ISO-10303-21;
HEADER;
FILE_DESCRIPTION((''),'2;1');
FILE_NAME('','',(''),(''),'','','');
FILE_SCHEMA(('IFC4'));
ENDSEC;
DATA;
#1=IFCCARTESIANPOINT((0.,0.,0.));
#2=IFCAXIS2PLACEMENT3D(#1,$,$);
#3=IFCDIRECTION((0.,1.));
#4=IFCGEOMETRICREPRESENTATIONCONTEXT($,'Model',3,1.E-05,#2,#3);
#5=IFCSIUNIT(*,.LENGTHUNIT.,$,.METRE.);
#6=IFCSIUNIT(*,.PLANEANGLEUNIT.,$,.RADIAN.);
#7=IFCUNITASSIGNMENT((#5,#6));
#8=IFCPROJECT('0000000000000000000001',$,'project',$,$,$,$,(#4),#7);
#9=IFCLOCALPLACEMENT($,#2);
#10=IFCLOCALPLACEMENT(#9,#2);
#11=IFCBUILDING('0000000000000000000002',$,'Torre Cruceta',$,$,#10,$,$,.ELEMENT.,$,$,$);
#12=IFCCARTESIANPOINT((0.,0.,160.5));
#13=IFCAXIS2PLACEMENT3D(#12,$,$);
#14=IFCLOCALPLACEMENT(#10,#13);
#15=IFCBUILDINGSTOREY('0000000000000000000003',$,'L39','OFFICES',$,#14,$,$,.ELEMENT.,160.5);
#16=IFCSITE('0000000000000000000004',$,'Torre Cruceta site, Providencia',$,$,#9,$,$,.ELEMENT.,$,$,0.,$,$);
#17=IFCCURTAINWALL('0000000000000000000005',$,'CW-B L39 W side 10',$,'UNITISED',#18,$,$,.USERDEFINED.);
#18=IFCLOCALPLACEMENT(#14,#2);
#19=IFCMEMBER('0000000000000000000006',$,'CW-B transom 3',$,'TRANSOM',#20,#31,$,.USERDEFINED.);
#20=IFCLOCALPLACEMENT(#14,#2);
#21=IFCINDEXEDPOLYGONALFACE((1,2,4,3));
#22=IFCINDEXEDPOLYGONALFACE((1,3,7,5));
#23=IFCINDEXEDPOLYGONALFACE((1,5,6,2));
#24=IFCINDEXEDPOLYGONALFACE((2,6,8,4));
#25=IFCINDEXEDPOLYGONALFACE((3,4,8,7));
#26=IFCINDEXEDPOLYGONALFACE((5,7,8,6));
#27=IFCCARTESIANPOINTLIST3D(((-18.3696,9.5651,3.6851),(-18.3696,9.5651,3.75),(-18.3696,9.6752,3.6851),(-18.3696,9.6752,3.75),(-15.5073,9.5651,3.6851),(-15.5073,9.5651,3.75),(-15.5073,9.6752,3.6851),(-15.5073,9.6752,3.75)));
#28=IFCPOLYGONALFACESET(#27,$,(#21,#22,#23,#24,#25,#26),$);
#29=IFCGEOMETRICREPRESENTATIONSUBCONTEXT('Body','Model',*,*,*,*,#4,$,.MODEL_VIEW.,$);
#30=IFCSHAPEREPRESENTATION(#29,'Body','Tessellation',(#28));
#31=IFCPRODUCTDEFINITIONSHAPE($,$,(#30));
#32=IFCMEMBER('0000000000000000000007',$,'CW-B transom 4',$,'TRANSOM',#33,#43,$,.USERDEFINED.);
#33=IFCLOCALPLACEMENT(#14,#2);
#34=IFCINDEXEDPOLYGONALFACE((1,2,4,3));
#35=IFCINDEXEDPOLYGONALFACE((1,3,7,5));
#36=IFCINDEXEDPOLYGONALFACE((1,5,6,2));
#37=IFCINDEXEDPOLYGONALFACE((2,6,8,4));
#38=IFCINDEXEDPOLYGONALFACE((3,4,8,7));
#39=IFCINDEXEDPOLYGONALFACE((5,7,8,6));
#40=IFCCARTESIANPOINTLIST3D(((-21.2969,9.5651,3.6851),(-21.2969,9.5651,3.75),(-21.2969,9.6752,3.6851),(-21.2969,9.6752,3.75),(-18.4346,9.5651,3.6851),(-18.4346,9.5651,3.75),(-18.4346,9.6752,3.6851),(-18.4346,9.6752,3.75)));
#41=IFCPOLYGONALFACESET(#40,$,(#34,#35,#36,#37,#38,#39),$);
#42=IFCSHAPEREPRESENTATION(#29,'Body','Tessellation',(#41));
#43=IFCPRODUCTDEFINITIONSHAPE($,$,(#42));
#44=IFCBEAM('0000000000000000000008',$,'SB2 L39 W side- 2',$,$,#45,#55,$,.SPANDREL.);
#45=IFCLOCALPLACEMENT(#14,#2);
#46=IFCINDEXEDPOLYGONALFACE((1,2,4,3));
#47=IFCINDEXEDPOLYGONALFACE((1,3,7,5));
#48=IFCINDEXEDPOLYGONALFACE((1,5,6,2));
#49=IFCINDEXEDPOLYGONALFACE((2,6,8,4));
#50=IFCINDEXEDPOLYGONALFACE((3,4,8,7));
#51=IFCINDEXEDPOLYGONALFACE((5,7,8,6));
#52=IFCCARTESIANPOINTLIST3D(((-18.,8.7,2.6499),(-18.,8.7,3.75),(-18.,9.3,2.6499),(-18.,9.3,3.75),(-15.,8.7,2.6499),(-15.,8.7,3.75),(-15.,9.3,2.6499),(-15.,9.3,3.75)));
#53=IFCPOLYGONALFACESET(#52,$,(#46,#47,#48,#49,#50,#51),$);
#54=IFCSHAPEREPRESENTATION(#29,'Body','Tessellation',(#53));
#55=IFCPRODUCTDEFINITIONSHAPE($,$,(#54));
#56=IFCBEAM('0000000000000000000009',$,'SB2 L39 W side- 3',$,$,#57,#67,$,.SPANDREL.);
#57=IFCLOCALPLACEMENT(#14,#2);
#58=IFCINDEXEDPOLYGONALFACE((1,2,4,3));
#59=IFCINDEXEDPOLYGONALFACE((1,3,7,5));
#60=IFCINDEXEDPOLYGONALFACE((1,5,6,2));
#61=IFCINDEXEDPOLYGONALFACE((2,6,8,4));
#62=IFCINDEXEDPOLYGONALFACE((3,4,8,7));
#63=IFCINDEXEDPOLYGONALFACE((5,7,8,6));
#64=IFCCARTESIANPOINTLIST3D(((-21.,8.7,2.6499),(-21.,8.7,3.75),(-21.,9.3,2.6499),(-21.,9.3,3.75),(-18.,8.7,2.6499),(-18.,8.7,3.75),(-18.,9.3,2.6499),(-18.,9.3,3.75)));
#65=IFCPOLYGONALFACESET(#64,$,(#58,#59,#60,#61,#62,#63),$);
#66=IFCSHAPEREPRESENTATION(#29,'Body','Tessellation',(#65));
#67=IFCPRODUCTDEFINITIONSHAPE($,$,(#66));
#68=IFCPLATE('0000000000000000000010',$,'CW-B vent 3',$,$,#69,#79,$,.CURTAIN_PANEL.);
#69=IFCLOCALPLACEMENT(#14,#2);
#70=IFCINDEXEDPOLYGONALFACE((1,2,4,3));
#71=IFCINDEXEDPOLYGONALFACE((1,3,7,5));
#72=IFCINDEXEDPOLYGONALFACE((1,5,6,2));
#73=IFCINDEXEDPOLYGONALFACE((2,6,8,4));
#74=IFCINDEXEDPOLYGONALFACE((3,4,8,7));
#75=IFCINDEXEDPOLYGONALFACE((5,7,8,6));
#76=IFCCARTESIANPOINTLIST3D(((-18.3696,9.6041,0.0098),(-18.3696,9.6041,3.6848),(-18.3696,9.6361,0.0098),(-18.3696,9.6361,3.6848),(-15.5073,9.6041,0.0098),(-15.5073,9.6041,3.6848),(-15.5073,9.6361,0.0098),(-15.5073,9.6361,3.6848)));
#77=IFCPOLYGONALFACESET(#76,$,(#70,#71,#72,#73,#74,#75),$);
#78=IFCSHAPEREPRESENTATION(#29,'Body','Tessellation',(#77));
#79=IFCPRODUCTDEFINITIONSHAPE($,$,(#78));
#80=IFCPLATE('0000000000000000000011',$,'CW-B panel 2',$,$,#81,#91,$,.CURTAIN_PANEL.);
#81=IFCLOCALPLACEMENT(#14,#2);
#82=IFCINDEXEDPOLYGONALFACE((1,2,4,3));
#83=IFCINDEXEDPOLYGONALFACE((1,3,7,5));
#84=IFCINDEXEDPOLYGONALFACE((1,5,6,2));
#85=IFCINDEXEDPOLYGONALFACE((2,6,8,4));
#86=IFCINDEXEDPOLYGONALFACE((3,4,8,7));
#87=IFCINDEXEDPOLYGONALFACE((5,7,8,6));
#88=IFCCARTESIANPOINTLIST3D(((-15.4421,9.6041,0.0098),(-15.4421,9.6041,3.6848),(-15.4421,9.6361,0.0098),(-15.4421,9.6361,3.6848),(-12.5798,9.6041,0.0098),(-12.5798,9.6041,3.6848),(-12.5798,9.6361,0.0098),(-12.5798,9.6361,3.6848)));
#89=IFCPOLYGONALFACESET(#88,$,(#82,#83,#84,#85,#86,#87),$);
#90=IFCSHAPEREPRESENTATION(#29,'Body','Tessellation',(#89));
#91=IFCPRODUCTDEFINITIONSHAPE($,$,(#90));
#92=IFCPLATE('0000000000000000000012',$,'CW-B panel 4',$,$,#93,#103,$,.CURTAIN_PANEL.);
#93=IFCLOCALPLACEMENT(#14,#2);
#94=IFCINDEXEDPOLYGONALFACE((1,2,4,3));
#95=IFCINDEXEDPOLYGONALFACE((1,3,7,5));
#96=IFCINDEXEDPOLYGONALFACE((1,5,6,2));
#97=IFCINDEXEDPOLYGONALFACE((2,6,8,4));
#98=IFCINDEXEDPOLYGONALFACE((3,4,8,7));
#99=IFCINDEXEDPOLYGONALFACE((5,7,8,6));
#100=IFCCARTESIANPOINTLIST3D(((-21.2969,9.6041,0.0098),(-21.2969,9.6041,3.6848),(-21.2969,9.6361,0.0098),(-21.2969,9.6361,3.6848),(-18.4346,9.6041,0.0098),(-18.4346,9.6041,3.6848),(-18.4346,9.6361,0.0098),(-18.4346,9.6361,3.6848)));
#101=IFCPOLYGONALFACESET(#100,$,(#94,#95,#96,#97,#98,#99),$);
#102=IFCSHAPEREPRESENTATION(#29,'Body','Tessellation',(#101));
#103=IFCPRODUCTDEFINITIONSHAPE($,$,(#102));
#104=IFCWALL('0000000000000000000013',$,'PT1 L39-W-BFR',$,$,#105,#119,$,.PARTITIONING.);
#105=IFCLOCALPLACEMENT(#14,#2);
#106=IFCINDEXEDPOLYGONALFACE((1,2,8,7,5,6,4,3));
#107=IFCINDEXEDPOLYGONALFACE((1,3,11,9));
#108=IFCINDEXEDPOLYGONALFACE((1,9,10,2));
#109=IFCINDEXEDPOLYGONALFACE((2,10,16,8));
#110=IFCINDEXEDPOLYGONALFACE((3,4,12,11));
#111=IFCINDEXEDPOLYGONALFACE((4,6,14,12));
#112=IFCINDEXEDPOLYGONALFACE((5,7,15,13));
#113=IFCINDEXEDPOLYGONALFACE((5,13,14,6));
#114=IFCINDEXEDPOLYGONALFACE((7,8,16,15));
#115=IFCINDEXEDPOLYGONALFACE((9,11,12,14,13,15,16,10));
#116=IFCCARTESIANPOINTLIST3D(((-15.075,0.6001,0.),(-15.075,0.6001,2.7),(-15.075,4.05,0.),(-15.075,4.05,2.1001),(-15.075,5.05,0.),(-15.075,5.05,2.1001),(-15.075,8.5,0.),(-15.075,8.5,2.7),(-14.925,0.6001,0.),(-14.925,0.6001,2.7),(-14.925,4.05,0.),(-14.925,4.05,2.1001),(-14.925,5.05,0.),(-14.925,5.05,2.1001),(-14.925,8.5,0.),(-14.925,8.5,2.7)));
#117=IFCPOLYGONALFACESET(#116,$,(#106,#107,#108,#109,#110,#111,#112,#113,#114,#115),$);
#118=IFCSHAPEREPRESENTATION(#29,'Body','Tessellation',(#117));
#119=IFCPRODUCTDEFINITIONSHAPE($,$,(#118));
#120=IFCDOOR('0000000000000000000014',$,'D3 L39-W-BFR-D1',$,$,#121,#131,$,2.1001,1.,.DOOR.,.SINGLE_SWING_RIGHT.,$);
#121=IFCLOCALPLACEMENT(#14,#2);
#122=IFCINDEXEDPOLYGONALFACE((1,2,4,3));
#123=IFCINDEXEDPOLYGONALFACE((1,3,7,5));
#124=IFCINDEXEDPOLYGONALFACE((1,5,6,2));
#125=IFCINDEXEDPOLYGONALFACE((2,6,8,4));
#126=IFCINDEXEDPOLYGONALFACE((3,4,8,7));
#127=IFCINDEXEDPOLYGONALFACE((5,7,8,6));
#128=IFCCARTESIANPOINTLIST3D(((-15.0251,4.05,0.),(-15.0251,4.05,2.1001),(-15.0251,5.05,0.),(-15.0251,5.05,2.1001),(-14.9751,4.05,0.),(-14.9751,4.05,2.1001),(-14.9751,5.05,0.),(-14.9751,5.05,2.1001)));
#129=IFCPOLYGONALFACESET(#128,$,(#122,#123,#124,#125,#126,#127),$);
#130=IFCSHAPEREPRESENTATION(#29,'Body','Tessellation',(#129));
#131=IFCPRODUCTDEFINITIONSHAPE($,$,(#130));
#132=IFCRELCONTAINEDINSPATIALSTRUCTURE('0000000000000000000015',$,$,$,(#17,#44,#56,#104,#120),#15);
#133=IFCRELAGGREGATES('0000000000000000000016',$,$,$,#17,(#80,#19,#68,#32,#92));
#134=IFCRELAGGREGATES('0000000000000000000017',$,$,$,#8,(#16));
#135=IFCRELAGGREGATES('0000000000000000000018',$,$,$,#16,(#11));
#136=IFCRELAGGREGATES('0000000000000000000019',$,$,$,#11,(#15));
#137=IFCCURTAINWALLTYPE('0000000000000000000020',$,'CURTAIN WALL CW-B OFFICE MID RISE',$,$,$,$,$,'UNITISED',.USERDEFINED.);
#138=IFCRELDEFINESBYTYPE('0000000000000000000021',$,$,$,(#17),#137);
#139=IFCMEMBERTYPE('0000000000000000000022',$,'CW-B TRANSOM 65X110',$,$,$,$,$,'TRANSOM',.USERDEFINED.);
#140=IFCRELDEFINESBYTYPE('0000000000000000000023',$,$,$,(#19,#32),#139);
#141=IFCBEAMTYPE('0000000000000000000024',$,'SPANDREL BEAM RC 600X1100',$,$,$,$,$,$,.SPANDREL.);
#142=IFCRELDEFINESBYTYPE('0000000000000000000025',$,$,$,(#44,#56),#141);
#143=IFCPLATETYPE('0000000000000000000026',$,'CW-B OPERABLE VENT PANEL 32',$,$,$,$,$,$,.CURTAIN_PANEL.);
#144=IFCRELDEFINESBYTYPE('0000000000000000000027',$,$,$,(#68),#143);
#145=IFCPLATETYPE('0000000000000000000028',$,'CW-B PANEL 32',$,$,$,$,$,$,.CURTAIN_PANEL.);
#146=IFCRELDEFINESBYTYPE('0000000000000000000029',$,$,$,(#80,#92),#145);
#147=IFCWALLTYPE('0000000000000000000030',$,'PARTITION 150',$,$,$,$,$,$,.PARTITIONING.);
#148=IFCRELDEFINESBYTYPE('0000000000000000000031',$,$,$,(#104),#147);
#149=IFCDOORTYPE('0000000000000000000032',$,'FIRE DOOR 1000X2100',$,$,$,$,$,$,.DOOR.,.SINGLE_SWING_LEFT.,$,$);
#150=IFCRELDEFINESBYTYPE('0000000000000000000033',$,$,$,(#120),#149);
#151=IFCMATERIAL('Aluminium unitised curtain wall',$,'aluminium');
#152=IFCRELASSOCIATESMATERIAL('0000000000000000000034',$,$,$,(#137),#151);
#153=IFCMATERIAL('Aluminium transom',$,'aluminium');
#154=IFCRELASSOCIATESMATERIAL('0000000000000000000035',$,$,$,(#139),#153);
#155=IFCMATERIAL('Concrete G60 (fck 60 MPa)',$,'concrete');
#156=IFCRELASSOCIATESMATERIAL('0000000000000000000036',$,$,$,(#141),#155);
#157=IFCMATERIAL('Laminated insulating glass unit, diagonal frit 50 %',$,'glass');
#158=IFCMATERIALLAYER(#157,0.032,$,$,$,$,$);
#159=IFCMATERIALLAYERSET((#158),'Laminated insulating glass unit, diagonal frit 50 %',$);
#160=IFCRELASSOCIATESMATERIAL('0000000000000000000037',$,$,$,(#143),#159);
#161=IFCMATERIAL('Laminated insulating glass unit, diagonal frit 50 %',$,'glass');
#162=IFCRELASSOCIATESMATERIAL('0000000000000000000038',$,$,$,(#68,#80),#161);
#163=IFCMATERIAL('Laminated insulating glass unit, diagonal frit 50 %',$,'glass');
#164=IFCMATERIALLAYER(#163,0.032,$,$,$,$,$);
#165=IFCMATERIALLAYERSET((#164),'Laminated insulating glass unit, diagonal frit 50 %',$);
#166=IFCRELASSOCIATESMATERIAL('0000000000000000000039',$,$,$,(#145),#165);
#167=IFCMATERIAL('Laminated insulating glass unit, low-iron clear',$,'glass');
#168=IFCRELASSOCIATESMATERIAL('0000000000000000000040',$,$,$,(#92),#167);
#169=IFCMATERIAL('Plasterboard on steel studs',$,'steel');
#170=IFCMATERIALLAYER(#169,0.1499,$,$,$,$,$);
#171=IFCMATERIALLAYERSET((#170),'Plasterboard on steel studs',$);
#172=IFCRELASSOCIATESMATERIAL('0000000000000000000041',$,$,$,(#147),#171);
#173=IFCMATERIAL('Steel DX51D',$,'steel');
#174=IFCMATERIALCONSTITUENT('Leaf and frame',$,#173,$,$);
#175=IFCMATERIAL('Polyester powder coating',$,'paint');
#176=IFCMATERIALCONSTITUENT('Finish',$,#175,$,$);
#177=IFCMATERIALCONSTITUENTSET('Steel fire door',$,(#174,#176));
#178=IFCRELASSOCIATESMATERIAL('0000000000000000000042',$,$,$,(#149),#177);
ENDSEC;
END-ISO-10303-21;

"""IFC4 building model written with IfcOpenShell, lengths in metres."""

from ifc_helpers import new_model, si_unit, direction, frame, frame_2d, origin, origin_2d, place, context, subcontext, project, spatial, rectangle, extrude, material, layer, layer_set, constituent, constituent_set, material_profile, profile_set, type_object, element, fill, aggregate, save


model = new_model("IFC4")

# Units and contexts
model_context = context("Model", 3, precision=1e-05, world=origin(), true_north=direction((0.0, 1.0)))
body_context = subcontext(model_context, "Body", "Model", "MODEL_VIEW")
ifc_project = project(units=[si_unit("LENGTHUNIT", "METRE"), si_unit("PLANEANGLEUNIT", "RADIAN")], contexts=[model_context])

# Site, building, storey
site_placement = place(None, origin())
site = spatial("IfcSite", under=ifc_project, at=site_placement, Name="Torre Cruceta site, Providencia", CompositionType="ELEMENT", RefElevation=0.0)
building_placement = place(site_placement, origin())
building = spatial("IfcBuilding", under=site, at=building_placement, Name="Torre Cruceta", CompositionType="ELEMENT")
storey_placement = place(building_placement, frame((0.0, 0.0, 160.5)))
storey = spatial("IfcBuildingStorey", under=building, at=storey_placement, Name="L39", Description="OFFICES", CompositionType="ELEMENT", Elevation=160.5)

# Curtain wall, members
ifc_material_1 = material(Name="Aluminium unitised curtain wall", Category="aluminium")
curtain_wall_type = type_object("IfcCurtainWallType", Name="CURTAIN WALL CW-B OFFICE MID RISE", ElementType="UNITISED", PredefinedType="USERDEFINED", material=ifc_material_1)
curtain_wall_placement = place(storey_placement, origin())
curtain_wall = element("IfcCurtainWall", 1, at=curtain_wall_placement, inside=storey, type_object=curtain_wall_type, Name="CW-B L39 W side 10", ObjectType="UNITISED", PredefinedType="USERDEFINED")
ifc_material_2 = material(Name="Aluminium transom", Category="aluminium")
ifc_material_profile_1 = material_profile(ifc_material_2, rectangle(XDim=0.1101, YDim=0.0649, at=origin_2d()), Name="AL 110X65")
ifc_profile_set_1 = profile_set([ifc_material_profile_1], Name="Aluminium transom")
member_type_1 = type_object("IfcMemberType", Name="CW-B TRANSOM 65X110", ElementType="TRANSOM", PredefinedType="USERDEFINED", material=ifc_profile_set_1)
member_1_placement = place(storey_placement, frame((-15.5073, 9.6201, 3.7175), z_axis=(-1.0, 0.0, 0.0), x_axis=(0.0, -1.0, 0.0)))
member_1 = element("IfcMember", 2, at=member_1_placement, type_object=member_type_1, Name="CW-B transom 3", ObjectType="TRANSOM", PredefinedType="USERDEFINED", context=body_context, shape_type="SweptSolid", body=[
    extrude(rectangle(XDim=0.1101, YDim=0.0649, at=origin_2d()), origin(), (0.0, 0.0, 1.0), 2.8623),
])
member_2_placement = place(storey_placement, frame((-18.4346, 9.6201, 3.7175), z_axis=(-1.0, 0.0, 0.0), x_axis=(0.0, -1.0, 0.0)))
member_2 = element("IfcMember", 3, at=member_2_placement, type_object=member_type_1, Name="CW-B transom 4", ObjectType="TRANSOM", PredefinedType="USERDEFINED", context=body_context, shape_type="SweptSolid", body=[
    extrude(rectangle(XDim=0.1101, YDim=0.0649, at=origin_2d()), origin(), (0.0, 0.0, 1.0), 2.8623),
])

# Beams
ifc_material_3 = material(Name="Concrete G60 (fck 60 MPa)", Category="concrete")
ifc_material_profile_2 = material_profile(ifc_material_3, rectangle(XDim=0.6001, YDim=1.1001, at=origin_2d()), Name="RC 600X1100")
ifc_profile_set_2 = profile_set([ifc_material_profile_2], Name="Concrete G60 (fck 60 MPa)")
beam_type_1 = type_object("IfcBeamType", Name="SPANDREL BEAM RC 600X1100", PredefinedType="SPANDREL", material=ifc_profile_set_2)
for number, where, z_axis, x_axis, name in (
    (4, (-15.0, 9.0, 3.2), (-1.0, 0.0, 0.0), (0.0, -1.0, 0.0), "SB2 L39 W side- 2"),
    (5, (-18.0, 9.0, 3.2), (-1.0, 0.0, 0.0), (0.0, -1.0, 0.0), "SB2 L39 W side- 3"),
):
    element("IfcBeam", number, at=place(storey_placement, frame(where, z_axis=z_axis, x_axis=x_axis)), inside=storey, type_object=beam_type_1, Name=name, PredefinedType="SPANDREL", context=body_context, shape_type="SweptSolid", body=[
        extrude(rectangle(XDim=0.6001, YDim=1.1001, at=origin_2d()), origin(), (0.0, 0.0, 1.0), 3.0),
    ])

# Plates
ifc_material_4 = material(Name="Laminated insulating glass unit, diagonal frit 50 %", Category="glass")
ifc_material_5 = material(Name="Laminated insulating glass unit, diagonal frit 50 %", Category="glass")
ifc_layer_1 = layer(ifc_material_5, 0.032)
ifc_layer_set_1 = layer_set([ifc_layer_1], Name="Laminated insulating glass unit, diagonal frit 50 %")
plate_type_1 = type_object("IfcPlateType", Name="CW-B OPERABLE VENT PANEL 32", PredefinedType="CURTAIN_PANEL", material=ifc_layer_set_1)
plate_1_placement = place(storey_placement, frame((-16.9385, 9.6201, 0.0098), z_axis=(0.0, 0.0, 1.0), x_axis=(-1.0, 0.0, 0.0)))
plate_1 = element("IfcPlate", 6, at=plate_1_placement, type_object=plate_type_1, material=ifc_material_4, Name="CW-B vent 3", PredefinedType="CURTAIN_PANEL", context=body_context, shape_type="SweptSolid", body=[
    extrude(rectangle(XDim=2.8623, YDim=0.032, at=origin_2d()), origin(), (0.0, 0.0, 1.0), 3.675),
])
ifc_material_6 = material(Name="Laminated insulating glass unit, diagonal frit 50 %", Category="glass")
ifc_layer_2 = layer(ifc_material_6, 0.032)
ifc_layer_set_2 = layer_set([ifc_layer_2], Name="Laminated insulating glass unit, diagonal frit 50 %")
plate_type_2 = type_object("IfcPlateType", Name="CW-B PANEL 32", PredefinedType="CURTAIN_PANEL", material=ifc_layer_set_2)
plate_2_placement = place(storey_placement, frame((-14.011, 9.6201, 0.0098), z_axis=(0.0, 0.0, 1.0), x_axis=(-1.0, 0.0, 0.0)))
plate_2 = element("IfcPlate", 7, at=plate_2_placement, type_object=plate_type_2, material=ifc_material_4, Name="CW-B panel 2", PredefinedType="CURTAIN_PANEL", context=body_context, shape_type="SweptSolid", body=[
    extrude(rectangle(XDim=2.8623, YDim=0.032, at=origin_2d()), origin(), (0.0, 0.0, 1.0), 3.675),
])
ifc_material_7 = material(Name="Laminated insulating glass unit, low-iron clear", Category="glass")
plate_3_placement = place(storey_placement, frame((-19.8657, 9.6201, 0.0098), z_axis=(0.0, 0.0, 1.0), x_axis=(-1.0, 0.0, 0.0)))
plate_3 = element("IfcPlate", 8, at=plate_3_placement, type_object=plate_type_2, material=ifc_material_7, Name="CW-B panel 4", PredefinedType="CURTAIN_PANEL", context=body_context, shape_type="SweptSolid", body=[
    extrude(rectangle(XDim=2.8623, YDim=0.032, at=origin_2d()), origin(), (0.0, 0.0, 1.0), 3.675),
])
aggregate(curtain_wall, [plate_2, member_1, plate_1, member_2, plate_3])

# Wall, opening, door
ifc_material_8 = material(Name="Plasterboard on steel studs", Category="steel")
ifc_layer_3 = layer(ifc_material_8, 0.1499)
ifc_layer_set_3 = layer_set([ifc_layer_3], Name="Plasterboard on steel studs")
wall_type = type_object("IfcWallType", Name="PARTITION 150", PredefinedType="PARTITIONING", material=ifc_layer_set_3)
wall_placement = place(storey_placement, frame((-15.0, 8.5, 0.0), z_axis=(0.0, 0.0, 1.0), x_axis=(0.0, -1.0, 0.0)))
wall = element("IfcWall", 9, at=wall_placement, inside=storey, type_object=wall_type, Name="PT1 L39-W-BFR", PredefinedType="PARTITIONING", context=body_context, shape_type="SweptSolid", body=[
    extrude(rectangle(XDim=7.8999, YDim=0.1499, at=frame_2d((3.95, 0.0))), origin(), (0.0, 0.0, 1.0), 2.7),
])
opening_placement = place(wall_placement, frame((3.45, 0.0, 0.0)))
opening = element("IfcOpeningElement", 10, at=opening_placement, cuts=wall, PredefinedType="OPENING", context=body_context, shape_type="SweptSolid", body=[
    extrude(rectangle(XDim=1.0, YDim=2.1001, at=frame_2d((0.5, 1.05))), frame((0.0, 0.085, 0.0), z_axis=(0.0, -1.0, 0.0), x_axis=(1.0, 0.0, 0.0)), (0.0, 0.0, 1.0), 0.1699),
])
ifc_material_9 = material(Name="Steel DX51D", Category="steel")
ifc_constituent_1 = constituent(ifc_material_9, Name="Leaf and frame")
ifc_material_10 = material(Name="Polyester powder coating", Category="paint")
ifc_constituent_2 = constituent(ifc_material_10, Name="Finish")
ifc_constituent_set = constituent_set(constituents=[ifc_constituent_1, ifc_constituent_2], Name="Steel fire door")
door_type = type_object("IfcDoorType", Name="FIRE DOOR 1000X2100", OperationType="SINGLE_SWING_LEFT", PredefinedType="DOOR", material=ifc_constituent_set)
door_placement = place(opening_placement, origin())
door = element("IfcDoor", 11, at=door_placement, inside=storey, type_object=door_type, Name="D3 L39-W-BFR-D1", OperationType="SINGLE_SWING_RIGHT", OverallHeight=2.1001, OverallWidth=1.0, PredefinedType="DOOR", context=body_context, shape_type="SweptSolid", body=[
    extrude(rectangle(XDim=1.0, YDim=2.1001, at=frame_2d((0.5, 1.05))), frame((0.0, 0.0249, 0.0), z_axis=(0.0, -1.0, 0.0), x_axis=(1.0, 0.0, 0.0)), (0.0, 0.0, 1.0), 0.05),
])
fill(opening, door)

save(model, "model.ifc")
